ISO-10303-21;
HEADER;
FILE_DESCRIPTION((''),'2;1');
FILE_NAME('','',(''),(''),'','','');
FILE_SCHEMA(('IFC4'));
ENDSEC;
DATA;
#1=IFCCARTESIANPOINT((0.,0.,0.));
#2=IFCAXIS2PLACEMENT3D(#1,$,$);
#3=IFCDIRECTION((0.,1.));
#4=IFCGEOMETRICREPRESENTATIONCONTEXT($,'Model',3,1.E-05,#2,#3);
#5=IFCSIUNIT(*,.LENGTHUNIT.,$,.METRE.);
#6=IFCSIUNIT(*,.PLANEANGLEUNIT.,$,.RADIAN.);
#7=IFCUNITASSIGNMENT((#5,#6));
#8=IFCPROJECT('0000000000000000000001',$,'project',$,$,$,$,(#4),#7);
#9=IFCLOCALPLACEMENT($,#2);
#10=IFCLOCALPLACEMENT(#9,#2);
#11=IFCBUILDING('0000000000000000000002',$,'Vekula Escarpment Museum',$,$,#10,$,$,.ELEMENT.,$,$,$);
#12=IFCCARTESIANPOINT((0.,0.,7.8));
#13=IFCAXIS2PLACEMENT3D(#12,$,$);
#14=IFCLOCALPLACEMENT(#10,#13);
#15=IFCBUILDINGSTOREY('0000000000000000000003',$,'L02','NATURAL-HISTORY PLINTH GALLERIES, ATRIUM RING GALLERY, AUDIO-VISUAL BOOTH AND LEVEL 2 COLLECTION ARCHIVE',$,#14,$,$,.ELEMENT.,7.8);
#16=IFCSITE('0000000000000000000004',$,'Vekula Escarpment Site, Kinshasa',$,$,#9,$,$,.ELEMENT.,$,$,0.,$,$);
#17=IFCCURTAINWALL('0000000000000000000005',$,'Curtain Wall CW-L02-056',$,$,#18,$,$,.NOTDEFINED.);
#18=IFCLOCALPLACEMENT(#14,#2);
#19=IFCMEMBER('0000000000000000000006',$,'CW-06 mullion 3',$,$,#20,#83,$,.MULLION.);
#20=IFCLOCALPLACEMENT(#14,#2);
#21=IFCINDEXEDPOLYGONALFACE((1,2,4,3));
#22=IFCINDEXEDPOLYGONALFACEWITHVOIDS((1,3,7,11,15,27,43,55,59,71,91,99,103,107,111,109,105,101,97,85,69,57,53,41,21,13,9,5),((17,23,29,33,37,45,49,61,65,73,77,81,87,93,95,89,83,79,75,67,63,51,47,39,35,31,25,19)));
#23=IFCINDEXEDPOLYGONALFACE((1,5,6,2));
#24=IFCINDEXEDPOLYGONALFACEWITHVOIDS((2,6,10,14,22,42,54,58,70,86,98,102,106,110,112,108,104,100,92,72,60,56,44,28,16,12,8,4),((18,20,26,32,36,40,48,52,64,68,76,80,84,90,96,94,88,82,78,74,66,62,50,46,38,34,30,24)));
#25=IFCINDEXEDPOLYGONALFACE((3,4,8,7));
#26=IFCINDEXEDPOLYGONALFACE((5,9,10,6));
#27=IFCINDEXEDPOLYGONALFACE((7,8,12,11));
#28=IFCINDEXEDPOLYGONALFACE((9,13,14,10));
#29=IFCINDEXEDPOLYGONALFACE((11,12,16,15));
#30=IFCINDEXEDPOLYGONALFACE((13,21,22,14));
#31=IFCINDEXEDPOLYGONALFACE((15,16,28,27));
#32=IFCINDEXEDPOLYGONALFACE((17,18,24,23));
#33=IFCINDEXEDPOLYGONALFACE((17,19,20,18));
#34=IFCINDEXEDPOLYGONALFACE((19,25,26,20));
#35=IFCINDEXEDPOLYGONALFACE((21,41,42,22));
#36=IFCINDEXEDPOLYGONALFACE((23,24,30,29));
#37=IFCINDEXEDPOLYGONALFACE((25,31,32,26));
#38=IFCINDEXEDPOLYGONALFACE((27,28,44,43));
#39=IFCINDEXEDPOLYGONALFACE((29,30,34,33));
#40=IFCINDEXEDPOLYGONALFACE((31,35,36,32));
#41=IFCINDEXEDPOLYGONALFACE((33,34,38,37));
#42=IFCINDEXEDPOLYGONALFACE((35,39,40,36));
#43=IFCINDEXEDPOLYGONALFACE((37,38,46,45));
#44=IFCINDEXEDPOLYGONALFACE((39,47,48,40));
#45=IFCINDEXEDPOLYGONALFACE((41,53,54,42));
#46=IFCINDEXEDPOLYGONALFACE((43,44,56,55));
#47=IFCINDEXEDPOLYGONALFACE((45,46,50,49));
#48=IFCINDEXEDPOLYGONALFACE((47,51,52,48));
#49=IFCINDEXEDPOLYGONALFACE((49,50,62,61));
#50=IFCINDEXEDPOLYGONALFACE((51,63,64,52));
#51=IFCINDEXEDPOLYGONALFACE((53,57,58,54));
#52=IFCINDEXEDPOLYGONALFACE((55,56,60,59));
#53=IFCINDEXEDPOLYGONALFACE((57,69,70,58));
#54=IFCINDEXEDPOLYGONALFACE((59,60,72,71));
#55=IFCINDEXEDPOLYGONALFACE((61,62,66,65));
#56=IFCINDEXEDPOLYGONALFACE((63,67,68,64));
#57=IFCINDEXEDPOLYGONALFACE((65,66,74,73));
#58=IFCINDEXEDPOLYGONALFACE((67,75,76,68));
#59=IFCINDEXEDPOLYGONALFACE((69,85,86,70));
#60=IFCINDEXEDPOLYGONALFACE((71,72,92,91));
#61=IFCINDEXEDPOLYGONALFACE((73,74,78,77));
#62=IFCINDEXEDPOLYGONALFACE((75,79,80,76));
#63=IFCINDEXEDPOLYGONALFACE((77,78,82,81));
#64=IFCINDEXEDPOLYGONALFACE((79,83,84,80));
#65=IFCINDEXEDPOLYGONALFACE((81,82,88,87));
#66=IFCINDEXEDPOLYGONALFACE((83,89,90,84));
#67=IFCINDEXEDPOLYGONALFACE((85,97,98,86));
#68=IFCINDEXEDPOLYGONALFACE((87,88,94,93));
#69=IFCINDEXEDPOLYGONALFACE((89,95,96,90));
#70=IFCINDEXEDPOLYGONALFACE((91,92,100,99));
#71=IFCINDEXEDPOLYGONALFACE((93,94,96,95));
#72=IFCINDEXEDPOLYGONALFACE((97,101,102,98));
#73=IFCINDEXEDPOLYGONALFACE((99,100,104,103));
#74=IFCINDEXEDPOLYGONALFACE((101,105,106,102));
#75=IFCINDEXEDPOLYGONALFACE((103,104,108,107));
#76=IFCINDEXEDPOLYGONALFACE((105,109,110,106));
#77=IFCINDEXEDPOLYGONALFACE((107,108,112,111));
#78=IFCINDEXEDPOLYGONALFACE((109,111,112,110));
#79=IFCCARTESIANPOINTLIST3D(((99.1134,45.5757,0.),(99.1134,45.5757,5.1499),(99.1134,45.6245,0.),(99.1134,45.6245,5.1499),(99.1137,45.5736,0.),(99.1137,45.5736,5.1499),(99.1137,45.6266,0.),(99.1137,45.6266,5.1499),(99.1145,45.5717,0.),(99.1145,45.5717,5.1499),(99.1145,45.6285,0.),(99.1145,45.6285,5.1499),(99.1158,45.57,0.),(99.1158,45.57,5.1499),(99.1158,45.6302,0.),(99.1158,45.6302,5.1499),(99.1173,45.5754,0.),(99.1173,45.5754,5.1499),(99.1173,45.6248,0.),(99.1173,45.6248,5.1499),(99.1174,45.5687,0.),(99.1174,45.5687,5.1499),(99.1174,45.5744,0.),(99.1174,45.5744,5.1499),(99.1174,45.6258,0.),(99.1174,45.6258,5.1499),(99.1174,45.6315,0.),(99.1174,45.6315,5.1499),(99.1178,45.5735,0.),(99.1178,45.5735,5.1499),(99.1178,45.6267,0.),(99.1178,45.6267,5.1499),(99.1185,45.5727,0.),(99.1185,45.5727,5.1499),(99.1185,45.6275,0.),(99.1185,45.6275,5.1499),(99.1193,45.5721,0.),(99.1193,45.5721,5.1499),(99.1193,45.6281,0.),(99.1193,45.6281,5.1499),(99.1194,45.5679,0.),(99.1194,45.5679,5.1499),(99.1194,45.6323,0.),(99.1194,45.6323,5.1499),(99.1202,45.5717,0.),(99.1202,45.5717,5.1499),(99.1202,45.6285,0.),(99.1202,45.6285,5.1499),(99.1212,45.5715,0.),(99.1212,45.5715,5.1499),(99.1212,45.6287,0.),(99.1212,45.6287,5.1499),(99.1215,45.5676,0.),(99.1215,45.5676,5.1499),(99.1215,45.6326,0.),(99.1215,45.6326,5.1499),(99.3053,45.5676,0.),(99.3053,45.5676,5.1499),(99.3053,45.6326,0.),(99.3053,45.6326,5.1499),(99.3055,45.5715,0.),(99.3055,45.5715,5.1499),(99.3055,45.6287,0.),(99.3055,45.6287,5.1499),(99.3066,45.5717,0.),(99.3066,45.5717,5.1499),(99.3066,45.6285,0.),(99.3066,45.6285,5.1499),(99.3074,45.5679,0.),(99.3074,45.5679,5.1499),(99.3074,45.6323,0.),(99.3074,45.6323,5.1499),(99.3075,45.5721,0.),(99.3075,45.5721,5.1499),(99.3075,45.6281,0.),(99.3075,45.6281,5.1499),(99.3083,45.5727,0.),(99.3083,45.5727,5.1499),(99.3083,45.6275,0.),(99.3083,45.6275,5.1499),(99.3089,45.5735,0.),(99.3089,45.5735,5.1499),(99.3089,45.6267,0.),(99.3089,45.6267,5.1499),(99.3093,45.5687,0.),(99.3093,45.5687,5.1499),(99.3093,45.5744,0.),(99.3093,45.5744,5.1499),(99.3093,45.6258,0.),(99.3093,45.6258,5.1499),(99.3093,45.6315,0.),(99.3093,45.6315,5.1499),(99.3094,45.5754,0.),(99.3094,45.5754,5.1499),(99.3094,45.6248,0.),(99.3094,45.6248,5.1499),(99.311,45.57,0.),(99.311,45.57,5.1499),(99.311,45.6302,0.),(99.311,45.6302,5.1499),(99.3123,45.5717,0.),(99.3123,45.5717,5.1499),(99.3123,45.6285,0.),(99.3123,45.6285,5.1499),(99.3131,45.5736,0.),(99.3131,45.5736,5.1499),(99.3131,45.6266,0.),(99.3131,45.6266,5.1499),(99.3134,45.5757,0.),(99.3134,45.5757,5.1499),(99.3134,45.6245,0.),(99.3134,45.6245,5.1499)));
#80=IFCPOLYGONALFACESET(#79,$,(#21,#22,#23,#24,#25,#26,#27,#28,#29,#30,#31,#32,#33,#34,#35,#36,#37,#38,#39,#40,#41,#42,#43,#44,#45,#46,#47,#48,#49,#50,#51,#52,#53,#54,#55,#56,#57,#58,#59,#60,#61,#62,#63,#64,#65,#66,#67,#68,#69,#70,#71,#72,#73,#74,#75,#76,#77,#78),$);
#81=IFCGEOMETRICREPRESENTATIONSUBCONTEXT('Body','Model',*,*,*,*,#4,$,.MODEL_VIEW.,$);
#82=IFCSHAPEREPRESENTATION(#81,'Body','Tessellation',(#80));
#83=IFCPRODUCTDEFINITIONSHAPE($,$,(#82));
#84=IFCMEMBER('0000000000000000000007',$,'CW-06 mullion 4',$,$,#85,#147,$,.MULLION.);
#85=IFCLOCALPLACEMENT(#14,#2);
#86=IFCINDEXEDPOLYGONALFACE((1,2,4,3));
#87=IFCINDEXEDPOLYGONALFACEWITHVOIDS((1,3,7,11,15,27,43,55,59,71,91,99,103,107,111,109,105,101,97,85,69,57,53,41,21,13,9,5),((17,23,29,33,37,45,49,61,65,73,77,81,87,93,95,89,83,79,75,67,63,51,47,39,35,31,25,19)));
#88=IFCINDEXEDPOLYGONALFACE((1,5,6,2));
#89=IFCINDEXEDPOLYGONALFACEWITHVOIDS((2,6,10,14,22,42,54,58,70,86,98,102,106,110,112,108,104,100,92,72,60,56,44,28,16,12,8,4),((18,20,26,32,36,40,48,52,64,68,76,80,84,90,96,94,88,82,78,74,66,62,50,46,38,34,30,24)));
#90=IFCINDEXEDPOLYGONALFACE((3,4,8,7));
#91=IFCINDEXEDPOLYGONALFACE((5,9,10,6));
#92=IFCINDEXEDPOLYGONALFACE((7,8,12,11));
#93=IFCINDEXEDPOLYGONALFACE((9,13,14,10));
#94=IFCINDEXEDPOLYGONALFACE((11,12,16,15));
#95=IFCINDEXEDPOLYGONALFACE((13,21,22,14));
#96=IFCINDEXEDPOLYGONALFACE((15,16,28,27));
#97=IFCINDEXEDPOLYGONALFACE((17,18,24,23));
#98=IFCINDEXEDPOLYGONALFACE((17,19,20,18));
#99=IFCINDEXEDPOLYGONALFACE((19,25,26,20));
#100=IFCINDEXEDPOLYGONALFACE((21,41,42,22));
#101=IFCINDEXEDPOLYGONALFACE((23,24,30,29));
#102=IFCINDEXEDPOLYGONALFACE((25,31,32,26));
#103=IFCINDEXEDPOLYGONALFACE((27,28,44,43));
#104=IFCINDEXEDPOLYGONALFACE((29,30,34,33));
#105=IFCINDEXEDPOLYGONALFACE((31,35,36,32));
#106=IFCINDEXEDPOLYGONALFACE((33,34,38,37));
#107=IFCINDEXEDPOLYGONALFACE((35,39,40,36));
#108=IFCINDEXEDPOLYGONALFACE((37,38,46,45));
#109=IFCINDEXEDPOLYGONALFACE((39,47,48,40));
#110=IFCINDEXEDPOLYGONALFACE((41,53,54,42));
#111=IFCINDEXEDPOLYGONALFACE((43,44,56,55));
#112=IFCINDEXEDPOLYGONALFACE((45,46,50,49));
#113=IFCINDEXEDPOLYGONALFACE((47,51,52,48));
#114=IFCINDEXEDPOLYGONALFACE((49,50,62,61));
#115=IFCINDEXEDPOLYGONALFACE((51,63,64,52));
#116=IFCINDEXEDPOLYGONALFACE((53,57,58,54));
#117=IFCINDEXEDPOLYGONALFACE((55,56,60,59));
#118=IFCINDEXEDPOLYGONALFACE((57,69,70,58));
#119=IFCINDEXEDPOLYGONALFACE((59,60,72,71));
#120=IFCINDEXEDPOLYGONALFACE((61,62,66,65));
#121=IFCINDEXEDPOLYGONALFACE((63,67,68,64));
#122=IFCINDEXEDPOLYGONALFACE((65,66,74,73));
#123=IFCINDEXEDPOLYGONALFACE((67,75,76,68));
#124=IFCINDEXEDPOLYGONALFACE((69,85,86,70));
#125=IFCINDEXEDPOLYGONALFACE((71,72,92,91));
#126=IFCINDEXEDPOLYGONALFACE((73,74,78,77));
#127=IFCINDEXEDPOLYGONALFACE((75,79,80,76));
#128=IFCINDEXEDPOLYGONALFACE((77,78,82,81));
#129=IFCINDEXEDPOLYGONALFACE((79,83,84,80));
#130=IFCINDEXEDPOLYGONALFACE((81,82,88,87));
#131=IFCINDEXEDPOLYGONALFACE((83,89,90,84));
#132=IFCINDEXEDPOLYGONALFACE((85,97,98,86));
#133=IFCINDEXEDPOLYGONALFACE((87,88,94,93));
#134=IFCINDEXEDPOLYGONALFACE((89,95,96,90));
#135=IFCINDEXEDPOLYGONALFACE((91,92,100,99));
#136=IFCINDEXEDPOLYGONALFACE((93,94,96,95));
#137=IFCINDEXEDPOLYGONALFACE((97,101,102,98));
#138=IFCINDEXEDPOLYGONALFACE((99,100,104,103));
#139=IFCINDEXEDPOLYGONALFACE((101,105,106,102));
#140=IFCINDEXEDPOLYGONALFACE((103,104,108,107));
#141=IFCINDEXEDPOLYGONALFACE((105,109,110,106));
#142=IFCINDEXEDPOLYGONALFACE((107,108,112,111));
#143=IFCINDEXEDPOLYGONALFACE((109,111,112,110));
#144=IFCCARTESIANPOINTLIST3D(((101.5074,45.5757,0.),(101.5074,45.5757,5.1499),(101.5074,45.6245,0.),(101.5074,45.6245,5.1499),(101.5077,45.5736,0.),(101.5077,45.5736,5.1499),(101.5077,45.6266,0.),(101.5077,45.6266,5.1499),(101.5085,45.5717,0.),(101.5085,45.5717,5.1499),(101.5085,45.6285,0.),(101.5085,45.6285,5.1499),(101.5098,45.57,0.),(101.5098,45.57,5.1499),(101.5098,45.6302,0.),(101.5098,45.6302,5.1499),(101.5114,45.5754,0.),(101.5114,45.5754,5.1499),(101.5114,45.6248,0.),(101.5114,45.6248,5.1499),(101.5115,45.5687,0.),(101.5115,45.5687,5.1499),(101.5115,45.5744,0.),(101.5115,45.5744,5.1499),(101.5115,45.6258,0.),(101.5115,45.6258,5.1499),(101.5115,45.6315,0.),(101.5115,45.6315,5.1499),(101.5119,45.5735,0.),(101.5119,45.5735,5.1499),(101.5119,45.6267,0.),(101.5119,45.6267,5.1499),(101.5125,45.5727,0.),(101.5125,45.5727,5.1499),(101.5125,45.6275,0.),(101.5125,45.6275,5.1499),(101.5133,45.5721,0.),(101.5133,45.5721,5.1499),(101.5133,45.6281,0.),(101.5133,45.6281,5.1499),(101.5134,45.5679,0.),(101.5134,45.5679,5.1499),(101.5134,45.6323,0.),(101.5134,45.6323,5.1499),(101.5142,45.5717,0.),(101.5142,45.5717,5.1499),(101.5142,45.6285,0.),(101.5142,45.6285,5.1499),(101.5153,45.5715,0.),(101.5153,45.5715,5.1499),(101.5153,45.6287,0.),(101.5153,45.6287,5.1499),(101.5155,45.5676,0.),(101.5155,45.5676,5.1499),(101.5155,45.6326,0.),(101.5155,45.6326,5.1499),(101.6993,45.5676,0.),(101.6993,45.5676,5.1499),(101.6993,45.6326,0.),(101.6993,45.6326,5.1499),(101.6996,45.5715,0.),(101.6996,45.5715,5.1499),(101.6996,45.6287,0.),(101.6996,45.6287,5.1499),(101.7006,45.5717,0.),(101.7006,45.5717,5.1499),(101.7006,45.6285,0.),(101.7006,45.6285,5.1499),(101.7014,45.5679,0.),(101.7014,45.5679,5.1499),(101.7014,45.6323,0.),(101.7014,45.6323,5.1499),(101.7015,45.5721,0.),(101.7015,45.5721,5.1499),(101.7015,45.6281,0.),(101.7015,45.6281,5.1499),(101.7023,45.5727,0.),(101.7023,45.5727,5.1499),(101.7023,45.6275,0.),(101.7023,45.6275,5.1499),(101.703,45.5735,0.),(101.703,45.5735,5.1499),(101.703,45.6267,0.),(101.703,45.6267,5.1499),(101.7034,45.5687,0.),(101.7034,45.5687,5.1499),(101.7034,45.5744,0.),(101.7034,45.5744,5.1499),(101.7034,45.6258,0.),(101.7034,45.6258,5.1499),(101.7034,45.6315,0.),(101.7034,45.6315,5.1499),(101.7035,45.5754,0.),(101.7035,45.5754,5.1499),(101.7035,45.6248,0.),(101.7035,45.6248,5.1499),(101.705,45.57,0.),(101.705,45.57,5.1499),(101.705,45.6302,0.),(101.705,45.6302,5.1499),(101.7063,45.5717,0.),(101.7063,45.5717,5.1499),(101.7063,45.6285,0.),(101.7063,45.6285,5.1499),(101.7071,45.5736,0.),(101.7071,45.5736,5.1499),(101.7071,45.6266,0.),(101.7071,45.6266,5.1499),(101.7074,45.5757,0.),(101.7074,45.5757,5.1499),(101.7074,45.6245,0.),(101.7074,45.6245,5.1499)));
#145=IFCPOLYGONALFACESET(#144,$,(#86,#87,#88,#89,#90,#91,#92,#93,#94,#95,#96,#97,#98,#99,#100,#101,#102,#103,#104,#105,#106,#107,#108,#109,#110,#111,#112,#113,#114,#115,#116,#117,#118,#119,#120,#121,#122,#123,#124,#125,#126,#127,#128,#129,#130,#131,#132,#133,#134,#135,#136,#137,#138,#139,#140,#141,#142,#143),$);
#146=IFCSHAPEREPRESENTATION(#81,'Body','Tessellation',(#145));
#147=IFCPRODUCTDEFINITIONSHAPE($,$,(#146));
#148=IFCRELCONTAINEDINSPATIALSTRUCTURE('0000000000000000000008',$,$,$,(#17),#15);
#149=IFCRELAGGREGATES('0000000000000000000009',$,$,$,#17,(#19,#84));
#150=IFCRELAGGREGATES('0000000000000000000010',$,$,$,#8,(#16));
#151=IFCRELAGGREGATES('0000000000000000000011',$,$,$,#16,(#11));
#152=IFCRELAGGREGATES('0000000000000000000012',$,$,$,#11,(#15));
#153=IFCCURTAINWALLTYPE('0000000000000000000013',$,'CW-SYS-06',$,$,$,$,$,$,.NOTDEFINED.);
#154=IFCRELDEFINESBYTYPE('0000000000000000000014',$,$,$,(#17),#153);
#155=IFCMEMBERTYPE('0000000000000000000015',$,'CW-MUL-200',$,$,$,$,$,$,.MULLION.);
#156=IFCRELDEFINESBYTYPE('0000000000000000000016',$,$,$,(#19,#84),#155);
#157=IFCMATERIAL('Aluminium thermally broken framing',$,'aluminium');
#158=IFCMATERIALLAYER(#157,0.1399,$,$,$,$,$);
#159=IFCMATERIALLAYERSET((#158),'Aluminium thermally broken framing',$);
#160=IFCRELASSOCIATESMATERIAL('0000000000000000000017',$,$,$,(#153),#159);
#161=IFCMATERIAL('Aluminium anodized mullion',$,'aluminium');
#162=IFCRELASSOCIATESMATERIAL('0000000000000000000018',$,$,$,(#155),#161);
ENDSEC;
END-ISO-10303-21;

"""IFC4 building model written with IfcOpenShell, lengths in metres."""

from ifc_helpers import new_model, si_unit, direction, frame, origin, origin_2d, place, context, subcontext, project, spatial, hollow_rectangle, extrude, material, layer, layer_set, material_profile, profile_set, type_object, element, aggregate, save


model = new_model("IFC4")

# Units and contexts
model_context = context("Model", 3, precision=1e-05, world=origin(), true_north=direction((0.0, 1.0)))
body_context = subcontext(model_context, "Body", "Model", "MODEL_VIEW")
ifc_project = project(units=[si_unit("LENGTHUNIT", "METRE"), si_unit("PLANEANGLEUNIT", "RADIAN")], contexts=[model_context])

# Site, building, storey
site_placement = place(None, origin())
site = spatial("IfcSite", under=ifc_project, at=site_placement, Name="Vekula Escarpment Site, Kinshasa", CompositionType="ELEMENT", RefElevation=0.0)
building_placement = place(site_placement, origin())
building = spatial("IfcBuilding", under=site, at=building_placement, Name="Vekula Escarpment Museum", CompositionType="ELEMENT")
storey_placement = place(building_placement, frame((0.0, 0.0, 7.8)))
storey = spatial("IfcBuildingStorey", under=building, at=storey_placement, Name="L02", Description="NATURAL-HISTORY PLINTH GALLERIES, ATRIUM RING GALLERY, AUDIO-VISUAL BOOTH AND LEVEL 2 COLLECTION ARCHIVE", CompositionType="ELEMENT", Elevation=7.8)

# Curtain wall, members
ifc_material_1 = material(Name="Aluminium thermally broken framing", Category="aluminium")
ifc_layer_1 = layer(ifc_material_1, 0.1399)
ifc_layer_set_1 = layer_set([ifc_layer_1], Name="Aluminium thermally broken framing")
curtain_wall_type_1 = type_object("IfcCurtainWallType", Name="CW-SYS-06", PredefinedType="NOTDEFINED", material=ifc_layer_set_1)
curtain_wall_1_placement = place(storey_placement, origin())
curtain_wall_1 = element("IfcCurtainWall", 1, at=curtain_wall_1_placement, inside=storey, type_object=curtain_wall_type_1, Name="Curtain Wall CW-L02-056", PredefinedType="NOTDEFINED")
ifc_material_2 = material(Name="Aluminium anodized mullion", Category="aluminium")
ifc_material_profile_1 = material_profile(ifc_material_2, hollow_rectangle(XDim=0.0649, YDim=0.2, WallThickness=0.0039, InnerFilletRadius=0.0039, OuterFilletRadius=0.0081, at=origin_2d()), Name="ALU 200x65x4")
ifc_profile_set_1 = profile_set([ifc_material_profile_1], Name="Aluminium anodized mullion")
member_type_1 = type_object("IfcMemberType", Name="CW-MUL-200", PredefinedType="MULLION", material=ifc_profile_set_1)
member_1_placement = place(storey_placement, frame((99.2134, 45.6001, 0.0), z_axis=(0.0, 0.0, 1.0), x_axis=(0.0, 1.0, 0.0)))
member_1 = element("IfcMember", 2, at=member_1_placement, type_object=member_type_1, Name="CW-06 mullion 3", PredefinedType="MULLION", context=body_context, shape_type="SweptSolid", body=[
    extrude(hollow_rectangle(XDim=0.0649, YDim=0.2, WallThickness=0.0039, InnerFilletRadius=0.0039, OuterFilletRadius=0.0081, at=origin_2d()), origin(), (0.0, 0.0, 1.0), 5.1499),
])
member_2_placement = place(storey_placement, frame((101.6074, 45.6001, 0.0), z_axis=(0.0, 0.0, 1.0), x_axis=(0.0, 1.0, 0.0)))
member_2 = element("IfcMember", 3, at=member_2_placement, type_object=member_type_1, Name="CW-06 mullion 4", PredefinedType="MULLION", context=body_context, shape_type="SweptSolid", body=[
    extrude(hollow_rectangle(XDim=0.0649, YDim=0.2, WallThickness=0.0039, InnerFilletRadius=0.0039, OuterFilletRadius=0.0081, at=origin_2d()), origin(), (0.0, 0.0, 1.0), 5.1499),
])

aggregate(curtain_wall_1, [member_1, member_2])

save(model, "model.ifc")
